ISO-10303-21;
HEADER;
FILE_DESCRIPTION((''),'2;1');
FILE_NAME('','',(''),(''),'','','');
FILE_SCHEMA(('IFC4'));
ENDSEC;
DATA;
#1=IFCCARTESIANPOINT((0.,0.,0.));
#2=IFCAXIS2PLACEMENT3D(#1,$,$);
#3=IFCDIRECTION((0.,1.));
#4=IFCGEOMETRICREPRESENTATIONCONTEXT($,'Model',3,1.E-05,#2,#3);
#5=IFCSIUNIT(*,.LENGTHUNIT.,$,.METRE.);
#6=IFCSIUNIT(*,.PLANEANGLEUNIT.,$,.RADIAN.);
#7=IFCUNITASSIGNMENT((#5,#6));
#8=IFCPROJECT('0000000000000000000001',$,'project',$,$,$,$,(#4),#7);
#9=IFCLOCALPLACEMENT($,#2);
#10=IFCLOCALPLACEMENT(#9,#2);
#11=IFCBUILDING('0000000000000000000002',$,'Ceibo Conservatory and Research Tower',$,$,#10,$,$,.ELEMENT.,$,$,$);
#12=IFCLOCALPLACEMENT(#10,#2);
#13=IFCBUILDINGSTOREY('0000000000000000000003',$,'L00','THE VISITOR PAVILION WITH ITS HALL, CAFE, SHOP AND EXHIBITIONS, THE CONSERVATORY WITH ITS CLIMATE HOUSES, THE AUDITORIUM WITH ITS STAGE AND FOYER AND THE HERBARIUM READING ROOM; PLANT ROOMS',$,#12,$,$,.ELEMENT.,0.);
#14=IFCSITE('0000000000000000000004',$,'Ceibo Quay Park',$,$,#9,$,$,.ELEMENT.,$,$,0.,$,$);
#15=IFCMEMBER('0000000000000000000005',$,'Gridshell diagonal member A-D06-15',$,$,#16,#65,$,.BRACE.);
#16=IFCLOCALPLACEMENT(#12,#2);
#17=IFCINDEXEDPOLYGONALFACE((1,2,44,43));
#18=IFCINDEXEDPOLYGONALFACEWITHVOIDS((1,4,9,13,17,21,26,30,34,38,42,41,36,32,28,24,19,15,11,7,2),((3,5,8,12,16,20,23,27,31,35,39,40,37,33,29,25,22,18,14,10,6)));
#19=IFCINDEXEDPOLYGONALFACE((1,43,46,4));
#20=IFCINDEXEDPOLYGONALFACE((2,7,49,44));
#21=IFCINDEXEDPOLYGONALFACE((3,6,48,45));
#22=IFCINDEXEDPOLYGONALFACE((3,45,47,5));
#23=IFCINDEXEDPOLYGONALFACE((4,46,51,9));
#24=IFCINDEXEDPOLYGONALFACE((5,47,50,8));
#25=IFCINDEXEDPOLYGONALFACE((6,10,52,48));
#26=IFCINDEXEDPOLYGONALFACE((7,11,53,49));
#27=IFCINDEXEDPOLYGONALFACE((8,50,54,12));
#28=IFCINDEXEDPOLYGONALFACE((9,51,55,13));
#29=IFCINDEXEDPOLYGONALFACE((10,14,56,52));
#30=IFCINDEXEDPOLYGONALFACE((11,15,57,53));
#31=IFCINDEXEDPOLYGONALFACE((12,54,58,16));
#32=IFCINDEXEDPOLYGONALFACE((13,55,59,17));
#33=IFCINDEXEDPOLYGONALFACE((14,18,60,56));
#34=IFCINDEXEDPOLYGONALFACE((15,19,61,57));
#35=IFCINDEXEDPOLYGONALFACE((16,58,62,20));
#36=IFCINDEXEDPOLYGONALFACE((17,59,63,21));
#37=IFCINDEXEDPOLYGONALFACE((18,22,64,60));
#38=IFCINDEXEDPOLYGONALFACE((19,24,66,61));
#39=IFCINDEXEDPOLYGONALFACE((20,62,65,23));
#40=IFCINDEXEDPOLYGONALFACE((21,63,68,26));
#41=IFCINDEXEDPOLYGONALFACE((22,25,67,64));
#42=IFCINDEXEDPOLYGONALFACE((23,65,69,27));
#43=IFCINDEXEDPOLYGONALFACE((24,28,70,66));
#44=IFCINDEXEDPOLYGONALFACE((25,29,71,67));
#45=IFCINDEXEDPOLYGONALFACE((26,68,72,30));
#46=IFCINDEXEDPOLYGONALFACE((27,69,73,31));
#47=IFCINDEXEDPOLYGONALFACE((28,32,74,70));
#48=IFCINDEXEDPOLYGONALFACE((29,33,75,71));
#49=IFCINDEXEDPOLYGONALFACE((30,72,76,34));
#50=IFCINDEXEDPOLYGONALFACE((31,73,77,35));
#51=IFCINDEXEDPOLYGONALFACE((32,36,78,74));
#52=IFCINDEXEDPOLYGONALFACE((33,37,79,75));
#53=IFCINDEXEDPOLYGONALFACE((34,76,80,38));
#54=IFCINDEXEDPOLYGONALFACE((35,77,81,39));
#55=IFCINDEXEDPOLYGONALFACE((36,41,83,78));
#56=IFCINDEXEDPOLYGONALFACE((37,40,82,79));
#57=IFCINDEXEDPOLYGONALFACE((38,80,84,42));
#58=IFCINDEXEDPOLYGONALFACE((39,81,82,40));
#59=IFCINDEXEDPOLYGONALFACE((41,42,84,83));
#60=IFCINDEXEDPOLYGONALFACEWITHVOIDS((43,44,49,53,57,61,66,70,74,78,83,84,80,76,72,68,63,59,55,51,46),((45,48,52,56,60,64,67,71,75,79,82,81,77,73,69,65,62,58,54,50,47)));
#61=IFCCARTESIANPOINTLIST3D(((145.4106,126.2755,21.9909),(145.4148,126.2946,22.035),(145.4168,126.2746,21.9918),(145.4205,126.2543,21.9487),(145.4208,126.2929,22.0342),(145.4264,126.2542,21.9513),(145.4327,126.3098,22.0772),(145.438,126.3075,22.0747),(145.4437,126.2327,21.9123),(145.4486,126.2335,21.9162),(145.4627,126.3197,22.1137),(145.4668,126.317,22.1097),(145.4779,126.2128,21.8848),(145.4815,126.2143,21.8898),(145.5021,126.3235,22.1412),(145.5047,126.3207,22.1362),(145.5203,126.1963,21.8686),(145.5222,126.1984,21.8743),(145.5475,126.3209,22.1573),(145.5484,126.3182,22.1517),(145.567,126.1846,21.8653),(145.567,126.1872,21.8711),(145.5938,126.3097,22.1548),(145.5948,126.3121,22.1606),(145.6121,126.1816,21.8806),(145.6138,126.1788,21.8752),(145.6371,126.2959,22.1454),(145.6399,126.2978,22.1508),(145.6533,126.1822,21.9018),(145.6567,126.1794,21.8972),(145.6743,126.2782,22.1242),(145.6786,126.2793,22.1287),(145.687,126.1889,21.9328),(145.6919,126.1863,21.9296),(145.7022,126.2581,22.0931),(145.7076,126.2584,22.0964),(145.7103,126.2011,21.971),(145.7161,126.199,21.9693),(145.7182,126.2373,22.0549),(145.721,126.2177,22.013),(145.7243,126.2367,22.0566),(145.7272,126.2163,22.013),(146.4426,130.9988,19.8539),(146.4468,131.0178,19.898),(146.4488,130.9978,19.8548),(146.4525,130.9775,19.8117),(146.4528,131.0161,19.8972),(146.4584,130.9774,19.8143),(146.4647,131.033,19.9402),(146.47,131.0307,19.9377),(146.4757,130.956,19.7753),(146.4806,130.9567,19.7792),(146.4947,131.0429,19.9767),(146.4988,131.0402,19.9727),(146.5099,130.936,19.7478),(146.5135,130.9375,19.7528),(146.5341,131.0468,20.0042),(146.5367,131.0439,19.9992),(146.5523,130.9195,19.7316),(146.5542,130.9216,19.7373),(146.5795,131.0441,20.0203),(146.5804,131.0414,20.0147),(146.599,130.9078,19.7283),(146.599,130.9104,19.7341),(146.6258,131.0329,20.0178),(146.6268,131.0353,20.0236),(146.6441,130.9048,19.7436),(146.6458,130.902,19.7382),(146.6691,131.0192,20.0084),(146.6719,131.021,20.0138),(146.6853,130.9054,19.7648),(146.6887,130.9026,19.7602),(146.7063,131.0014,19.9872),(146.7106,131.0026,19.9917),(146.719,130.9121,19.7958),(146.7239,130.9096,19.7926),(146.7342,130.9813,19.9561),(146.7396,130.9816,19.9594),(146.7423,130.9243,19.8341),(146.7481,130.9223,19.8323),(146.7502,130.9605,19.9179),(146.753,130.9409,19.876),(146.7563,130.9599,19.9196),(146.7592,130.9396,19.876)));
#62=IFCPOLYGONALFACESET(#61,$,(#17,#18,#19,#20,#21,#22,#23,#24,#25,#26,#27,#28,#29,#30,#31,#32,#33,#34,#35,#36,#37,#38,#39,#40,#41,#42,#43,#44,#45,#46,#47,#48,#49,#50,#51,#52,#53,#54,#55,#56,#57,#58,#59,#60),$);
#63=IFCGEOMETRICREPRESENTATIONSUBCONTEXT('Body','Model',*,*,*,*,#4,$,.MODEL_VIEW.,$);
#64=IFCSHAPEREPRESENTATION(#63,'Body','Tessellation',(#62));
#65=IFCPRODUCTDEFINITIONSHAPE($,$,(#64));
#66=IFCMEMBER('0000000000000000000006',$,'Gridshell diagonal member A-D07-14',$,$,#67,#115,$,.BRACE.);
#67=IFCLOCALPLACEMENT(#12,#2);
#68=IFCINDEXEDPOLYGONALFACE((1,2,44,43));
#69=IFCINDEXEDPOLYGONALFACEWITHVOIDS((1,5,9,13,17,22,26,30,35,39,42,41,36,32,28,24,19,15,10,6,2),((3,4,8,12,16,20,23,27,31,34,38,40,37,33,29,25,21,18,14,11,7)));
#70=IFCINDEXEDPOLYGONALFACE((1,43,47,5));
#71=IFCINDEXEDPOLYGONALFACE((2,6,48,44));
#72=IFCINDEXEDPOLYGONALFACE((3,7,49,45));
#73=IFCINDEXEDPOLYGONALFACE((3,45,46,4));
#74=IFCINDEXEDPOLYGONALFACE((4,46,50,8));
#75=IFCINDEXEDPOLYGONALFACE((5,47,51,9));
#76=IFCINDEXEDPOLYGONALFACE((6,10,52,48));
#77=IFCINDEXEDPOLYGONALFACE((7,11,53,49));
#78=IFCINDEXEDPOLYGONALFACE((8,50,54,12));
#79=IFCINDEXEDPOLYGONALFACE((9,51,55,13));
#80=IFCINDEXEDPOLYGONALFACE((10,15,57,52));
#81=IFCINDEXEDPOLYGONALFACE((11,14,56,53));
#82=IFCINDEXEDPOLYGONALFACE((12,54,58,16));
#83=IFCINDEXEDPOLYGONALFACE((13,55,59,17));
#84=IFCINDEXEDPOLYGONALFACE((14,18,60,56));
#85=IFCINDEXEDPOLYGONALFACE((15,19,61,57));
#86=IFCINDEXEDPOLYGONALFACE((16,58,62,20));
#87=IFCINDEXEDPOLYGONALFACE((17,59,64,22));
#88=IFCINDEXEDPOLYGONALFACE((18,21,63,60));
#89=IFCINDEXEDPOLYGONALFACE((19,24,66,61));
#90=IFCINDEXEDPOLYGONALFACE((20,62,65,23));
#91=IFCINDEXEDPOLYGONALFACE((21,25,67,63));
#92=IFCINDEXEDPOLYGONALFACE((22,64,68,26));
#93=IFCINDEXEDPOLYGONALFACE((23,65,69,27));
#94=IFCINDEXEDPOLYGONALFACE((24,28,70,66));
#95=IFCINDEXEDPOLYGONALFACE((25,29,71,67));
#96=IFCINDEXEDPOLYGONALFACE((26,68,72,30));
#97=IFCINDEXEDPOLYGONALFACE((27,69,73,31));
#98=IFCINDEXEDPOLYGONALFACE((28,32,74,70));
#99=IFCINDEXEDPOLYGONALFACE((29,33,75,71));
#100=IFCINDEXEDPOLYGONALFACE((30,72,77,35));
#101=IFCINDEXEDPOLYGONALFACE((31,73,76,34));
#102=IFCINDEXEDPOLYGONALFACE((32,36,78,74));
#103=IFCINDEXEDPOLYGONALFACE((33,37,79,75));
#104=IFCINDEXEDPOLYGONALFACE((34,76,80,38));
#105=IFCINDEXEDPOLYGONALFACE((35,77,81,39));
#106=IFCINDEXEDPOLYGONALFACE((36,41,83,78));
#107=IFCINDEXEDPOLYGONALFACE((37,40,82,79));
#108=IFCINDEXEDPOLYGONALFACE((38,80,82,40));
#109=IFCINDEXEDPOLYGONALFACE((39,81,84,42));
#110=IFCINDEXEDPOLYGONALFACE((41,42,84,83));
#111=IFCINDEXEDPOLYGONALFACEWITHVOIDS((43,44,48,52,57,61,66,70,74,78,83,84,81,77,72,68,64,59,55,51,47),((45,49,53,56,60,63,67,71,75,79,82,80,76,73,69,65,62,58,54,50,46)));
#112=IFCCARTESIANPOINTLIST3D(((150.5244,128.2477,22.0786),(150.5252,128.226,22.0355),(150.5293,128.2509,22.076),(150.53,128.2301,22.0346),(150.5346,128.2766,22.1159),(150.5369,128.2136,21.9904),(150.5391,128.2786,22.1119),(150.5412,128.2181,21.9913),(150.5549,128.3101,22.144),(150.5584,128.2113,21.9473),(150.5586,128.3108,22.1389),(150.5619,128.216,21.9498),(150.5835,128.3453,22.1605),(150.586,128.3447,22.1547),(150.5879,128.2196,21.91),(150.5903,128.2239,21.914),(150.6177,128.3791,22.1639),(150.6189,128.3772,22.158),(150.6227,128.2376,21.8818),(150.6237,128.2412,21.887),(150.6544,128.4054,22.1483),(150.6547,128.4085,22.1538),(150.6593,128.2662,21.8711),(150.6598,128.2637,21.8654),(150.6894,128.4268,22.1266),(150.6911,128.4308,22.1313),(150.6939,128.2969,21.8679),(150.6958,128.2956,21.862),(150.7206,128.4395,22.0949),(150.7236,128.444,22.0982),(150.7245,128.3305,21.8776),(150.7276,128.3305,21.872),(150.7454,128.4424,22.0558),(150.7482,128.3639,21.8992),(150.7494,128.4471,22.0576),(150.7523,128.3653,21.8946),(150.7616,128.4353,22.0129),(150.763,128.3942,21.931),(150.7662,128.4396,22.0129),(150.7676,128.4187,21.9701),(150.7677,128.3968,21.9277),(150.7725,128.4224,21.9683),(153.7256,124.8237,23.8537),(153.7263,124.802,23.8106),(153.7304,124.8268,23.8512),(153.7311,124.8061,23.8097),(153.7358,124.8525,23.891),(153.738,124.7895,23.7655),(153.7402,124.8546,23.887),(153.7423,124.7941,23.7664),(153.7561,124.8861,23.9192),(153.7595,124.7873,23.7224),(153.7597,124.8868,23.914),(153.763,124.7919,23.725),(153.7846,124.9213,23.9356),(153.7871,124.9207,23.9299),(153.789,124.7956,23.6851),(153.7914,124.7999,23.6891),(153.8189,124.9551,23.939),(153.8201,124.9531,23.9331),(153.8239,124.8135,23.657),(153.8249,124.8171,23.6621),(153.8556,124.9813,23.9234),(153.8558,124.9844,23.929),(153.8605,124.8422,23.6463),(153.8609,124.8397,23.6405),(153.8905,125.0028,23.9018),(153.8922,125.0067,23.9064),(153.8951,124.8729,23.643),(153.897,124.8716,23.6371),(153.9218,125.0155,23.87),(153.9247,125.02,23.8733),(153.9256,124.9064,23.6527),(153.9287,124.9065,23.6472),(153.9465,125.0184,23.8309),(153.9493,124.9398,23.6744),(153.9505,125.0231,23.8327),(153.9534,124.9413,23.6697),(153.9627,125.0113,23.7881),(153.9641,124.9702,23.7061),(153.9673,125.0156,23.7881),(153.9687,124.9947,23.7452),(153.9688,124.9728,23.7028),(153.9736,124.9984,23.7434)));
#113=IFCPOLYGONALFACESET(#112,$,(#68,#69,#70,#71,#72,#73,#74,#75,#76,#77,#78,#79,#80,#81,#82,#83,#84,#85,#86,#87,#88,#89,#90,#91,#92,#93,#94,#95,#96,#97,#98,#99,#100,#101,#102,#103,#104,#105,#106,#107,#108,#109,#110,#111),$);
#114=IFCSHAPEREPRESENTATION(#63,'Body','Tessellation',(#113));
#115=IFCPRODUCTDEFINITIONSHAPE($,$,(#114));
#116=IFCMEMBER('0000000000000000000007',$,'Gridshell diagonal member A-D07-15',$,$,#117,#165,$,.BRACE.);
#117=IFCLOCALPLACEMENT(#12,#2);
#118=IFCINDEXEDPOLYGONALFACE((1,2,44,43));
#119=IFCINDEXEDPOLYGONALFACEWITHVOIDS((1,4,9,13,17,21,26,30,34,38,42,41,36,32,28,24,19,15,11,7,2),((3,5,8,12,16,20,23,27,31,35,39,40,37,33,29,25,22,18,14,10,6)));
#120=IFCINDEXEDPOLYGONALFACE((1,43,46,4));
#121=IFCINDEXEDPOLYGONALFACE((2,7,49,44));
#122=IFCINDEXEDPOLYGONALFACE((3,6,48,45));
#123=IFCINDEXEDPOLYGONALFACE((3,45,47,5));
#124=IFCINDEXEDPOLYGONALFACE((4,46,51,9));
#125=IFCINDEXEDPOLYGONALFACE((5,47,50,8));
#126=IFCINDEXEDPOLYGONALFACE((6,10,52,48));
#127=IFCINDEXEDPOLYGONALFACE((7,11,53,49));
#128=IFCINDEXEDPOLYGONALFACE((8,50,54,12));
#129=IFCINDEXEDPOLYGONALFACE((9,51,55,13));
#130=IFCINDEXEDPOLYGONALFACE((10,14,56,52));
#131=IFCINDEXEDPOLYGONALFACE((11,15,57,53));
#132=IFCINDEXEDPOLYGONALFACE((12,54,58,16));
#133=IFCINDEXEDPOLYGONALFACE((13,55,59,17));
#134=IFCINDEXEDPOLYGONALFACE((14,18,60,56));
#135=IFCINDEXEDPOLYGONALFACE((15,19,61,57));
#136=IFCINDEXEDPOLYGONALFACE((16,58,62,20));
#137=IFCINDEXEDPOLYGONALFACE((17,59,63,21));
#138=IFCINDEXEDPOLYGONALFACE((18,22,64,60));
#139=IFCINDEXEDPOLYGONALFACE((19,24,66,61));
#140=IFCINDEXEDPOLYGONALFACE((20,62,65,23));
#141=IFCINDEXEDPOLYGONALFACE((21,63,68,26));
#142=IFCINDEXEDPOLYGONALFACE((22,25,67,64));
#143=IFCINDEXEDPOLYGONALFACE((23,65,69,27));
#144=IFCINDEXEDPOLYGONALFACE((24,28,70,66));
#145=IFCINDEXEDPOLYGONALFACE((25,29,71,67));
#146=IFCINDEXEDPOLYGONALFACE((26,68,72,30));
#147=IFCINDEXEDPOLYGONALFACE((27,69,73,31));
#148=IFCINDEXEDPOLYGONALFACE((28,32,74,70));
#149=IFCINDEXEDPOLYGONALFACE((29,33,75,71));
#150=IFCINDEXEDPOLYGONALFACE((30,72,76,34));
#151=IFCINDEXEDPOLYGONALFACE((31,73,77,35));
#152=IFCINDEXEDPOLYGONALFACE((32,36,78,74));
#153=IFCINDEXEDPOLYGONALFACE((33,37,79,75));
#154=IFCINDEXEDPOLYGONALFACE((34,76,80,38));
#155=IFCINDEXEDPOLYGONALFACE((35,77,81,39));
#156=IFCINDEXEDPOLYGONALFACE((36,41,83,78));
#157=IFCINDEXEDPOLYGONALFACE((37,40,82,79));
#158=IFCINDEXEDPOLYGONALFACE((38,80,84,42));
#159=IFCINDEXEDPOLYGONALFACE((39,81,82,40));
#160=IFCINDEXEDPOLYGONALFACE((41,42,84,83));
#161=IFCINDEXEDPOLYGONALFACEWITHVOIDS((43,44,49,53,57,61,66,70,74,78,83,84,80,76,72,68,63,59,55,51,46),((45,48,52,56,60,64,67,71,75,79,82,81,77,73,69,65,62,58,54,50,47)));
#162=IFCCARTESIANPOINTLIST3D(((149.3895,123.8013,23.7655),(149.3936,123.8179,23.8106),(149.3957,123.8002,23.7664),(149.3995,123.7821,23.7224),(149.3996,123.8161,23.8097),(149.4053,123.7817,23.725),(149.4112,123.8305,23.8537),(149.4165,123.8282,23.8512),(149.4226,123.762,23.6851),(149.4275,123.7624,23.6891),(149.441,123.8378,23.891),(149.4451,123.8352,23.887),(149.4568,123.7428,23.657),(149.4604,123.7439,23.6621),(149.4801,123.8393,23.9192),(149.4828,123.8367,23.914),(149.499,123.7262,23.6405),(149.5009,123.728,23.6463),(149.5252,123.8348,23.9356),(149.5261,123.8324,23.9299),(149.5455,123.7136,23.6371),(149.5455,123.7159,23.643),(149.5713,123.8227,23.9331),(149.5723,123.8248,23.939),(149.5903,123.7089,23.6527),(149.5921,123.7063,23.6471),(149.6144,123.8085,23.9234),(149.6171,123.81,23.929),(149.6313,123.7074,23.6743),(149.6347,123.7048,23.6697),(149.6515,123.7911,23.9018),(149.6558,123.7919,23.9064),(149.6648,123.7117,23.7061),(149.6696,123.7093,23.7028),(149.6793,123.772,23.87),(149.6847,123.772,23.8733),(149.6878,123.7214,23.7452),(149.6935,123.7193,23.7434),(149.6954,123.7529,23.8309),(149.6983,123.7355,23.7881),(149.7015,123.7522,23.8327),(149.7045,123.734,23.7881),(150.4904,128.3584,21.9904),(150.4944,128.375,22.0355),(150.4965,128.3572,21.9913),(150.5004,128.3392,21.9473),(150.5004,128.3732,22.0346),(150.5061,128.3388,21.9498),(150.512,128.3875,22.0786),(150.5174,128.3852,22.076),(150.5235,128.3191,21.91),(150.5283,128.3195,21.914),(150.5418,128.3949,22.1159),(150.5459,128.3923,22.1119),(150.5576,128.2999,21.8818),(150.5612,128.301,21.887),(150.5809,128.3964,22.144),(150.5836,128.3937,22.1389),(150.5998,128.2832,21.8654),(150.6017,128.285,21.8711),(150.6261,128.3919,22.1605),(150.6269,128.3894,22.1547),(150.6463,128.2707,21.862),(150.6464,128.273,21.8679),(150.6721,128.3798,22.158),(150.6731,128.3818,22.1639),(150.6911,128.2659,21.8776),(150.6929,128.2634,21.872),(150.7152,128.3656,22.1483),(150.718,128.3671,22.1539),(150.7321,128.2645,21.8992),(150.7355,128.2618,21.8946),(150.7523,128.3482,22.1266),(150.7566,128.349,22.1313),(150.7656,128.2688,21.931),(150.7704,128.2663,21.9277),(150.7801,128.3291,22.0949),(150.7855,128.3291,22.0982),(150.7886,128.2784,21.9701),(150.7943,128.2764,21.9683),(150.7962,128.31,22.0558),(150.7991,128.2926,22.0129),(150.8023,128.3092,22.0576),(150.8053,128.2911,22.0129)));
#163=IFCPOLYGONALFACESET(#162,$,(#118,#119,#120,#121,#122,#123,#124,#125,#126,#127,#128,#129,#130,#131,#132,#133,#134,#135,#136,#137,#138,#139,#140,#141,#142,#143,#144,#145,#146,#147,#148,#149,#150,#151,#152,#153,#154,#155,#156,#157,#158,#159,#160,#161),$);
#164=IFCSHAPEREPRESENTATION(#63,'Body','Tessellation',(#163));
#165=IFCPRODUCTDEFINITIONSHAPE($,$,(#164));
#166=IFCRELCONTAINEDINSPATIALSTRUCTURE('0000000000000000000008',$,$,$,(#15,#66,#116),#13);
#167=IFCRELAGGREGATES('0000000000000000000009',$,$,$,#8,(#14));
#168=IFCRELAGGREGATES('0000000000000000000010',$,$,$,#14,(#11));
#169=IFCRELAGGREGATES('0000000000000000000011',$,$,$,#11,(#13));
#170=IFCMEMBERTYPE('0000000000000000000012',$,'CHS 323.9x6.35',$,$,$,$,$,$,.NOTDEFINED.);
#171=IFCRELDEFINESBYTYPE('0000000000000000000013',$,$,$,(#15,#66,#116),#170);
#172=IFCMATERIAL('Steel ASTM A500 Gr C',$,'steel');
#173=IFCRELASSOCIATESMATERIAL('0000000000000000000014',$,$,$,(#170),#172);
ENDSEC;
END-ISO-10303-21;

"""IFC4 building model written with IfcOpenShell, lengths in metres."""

from ifc_helpers import new_model, si_unit, direction, frame, origin, origin_2d, place, context, subcontext, project, spatial, hollow_circle, extrude, material, material_profile, profile_set, type_object, element, save


model = new_model("IFC4")

# Units and contexts
model_context = context("Model", 3, precision=1e-05, world=origin(), true_north=direction((0.0, 1.0)))
body_context = subcontext(model_context, "Body", "Model", "MODEL_VIEW")
ifc_project = project(units=[si_unit("LENGTHUNIT", "METRE"), si_unit("PLANEANGLEUNIT", "RADIAN")], contexts=[model_context])

# Site, building, storey
site_placement = place(None, origin())
site = spatial("IfcSite", under=ifc_project, at=site_placement, Name="Ceibo Quay Park", CompositionType="ELEMENT", RefElevation=0.0)
building_placement = place(site_placement, origin())
building = spatial("IfcBuilding", under=site, at=building_placement, Name="Ceibo Conservatory and Research Tower", CompositionType="ELEMENT")
storey_placement = place(building_placement, origin())
storey = spatial("IfcBuildingStorey", under=building, at=storey_placement, Name="L00", Description="THE VISITOR PAVILION WITH ITS HALL, CAFE, SHOP AND EXHIBITIONS, THE CONSERVATORY WITH ITS CLIMATE HOUSES, THE AUDITORIUM WITH ITS STAGE AND FOYER AND THE HERBARIUM READING ROOM; PLANT ROOMS", CompositionType="ELEMENT", Elevation=0.0)

# Members
ifc_material_1 = material(Name="Steel ASTM A500 Gr C", Category="steel")
ifc_material_profile_1 = material_profile(ifc_material_1, hollow_circle(Radius=0.1619, WallThickness=0.0063, at=origin_2d()), Name="CHS 323.9x6.35")
ifc_profile_set_1 = profile_set([ifc_material_profile_1], Name="Steel ASTM A500 Gr C")
member_type_1 = type_object("IfcMemberType", Name="CHS 323.9x6.35", PredefinedType="NOTDEFINED", material=ifc_profile_set_1)
member_1_placement = place(storey_placement, frame((146.6011, 130.9741, 19.876), z_axis=(-0.195237, -0.893553, 0.404284), x_axis=(0.976952, -0.213459, 0.0)))
element("IfcMember", 1, at=member_1_placement, inside=storey, type_object=member_type_1, Name="Gridshell diagonal member A-D06-15", PredefinedType="BRACE", context=body_context, shape_type="SweptSolid", body=[
    extrude(hollow_circle(Radius=0.1619, WallThickness=0.0063, at=origin_2d()), origin(), (0.0, 0.0, 1.0), 5.2859),
])
member_2_placement = place(storey_placement, frame((150.6479, 128.3291, 22.0129), z_axis=(0.638666, -0.683137, 0.35416), x_axis=(0.730483, 0.68293, 0.0)))
element("IfcMember", 2, at=member_2_placement, inside=storey, type_object=member_type_1, Name="Gridshell diagonal member A-D07-14", PredefinedType="BRACE", context=body_context, shape_type="SweptSolid", body=[
    extrude(hollow_circle(Radius=0.1619, WallThickness=0.0063, at=origin_2d()), origin(), (0.0, 0.0, 1.0), 5.0122),
])
member_3_placement = place(storey_placement, frame((150.6479, 128.3291, 22.0129), z_axis=(-0.219594, -0.909058, 0.354107), x_axis=(0.972042, -0.234809, 0.0)))
element("IfcMember", 3, at=member_3_placement, inside=storey, type_object=member_type_1, Name="Gridshell diagonal member A-D07-15", PredefinedType="BRACE", context=body_context, shape_type="SweptSolid", body=[
    extrude(hollow_circle(Radius=0.1619, WallThickness=0.0063, at=origin_2d()), origin(), (0.0, 0.0, 1.0), 5.0129),
])

save(model, "model.ifc")
